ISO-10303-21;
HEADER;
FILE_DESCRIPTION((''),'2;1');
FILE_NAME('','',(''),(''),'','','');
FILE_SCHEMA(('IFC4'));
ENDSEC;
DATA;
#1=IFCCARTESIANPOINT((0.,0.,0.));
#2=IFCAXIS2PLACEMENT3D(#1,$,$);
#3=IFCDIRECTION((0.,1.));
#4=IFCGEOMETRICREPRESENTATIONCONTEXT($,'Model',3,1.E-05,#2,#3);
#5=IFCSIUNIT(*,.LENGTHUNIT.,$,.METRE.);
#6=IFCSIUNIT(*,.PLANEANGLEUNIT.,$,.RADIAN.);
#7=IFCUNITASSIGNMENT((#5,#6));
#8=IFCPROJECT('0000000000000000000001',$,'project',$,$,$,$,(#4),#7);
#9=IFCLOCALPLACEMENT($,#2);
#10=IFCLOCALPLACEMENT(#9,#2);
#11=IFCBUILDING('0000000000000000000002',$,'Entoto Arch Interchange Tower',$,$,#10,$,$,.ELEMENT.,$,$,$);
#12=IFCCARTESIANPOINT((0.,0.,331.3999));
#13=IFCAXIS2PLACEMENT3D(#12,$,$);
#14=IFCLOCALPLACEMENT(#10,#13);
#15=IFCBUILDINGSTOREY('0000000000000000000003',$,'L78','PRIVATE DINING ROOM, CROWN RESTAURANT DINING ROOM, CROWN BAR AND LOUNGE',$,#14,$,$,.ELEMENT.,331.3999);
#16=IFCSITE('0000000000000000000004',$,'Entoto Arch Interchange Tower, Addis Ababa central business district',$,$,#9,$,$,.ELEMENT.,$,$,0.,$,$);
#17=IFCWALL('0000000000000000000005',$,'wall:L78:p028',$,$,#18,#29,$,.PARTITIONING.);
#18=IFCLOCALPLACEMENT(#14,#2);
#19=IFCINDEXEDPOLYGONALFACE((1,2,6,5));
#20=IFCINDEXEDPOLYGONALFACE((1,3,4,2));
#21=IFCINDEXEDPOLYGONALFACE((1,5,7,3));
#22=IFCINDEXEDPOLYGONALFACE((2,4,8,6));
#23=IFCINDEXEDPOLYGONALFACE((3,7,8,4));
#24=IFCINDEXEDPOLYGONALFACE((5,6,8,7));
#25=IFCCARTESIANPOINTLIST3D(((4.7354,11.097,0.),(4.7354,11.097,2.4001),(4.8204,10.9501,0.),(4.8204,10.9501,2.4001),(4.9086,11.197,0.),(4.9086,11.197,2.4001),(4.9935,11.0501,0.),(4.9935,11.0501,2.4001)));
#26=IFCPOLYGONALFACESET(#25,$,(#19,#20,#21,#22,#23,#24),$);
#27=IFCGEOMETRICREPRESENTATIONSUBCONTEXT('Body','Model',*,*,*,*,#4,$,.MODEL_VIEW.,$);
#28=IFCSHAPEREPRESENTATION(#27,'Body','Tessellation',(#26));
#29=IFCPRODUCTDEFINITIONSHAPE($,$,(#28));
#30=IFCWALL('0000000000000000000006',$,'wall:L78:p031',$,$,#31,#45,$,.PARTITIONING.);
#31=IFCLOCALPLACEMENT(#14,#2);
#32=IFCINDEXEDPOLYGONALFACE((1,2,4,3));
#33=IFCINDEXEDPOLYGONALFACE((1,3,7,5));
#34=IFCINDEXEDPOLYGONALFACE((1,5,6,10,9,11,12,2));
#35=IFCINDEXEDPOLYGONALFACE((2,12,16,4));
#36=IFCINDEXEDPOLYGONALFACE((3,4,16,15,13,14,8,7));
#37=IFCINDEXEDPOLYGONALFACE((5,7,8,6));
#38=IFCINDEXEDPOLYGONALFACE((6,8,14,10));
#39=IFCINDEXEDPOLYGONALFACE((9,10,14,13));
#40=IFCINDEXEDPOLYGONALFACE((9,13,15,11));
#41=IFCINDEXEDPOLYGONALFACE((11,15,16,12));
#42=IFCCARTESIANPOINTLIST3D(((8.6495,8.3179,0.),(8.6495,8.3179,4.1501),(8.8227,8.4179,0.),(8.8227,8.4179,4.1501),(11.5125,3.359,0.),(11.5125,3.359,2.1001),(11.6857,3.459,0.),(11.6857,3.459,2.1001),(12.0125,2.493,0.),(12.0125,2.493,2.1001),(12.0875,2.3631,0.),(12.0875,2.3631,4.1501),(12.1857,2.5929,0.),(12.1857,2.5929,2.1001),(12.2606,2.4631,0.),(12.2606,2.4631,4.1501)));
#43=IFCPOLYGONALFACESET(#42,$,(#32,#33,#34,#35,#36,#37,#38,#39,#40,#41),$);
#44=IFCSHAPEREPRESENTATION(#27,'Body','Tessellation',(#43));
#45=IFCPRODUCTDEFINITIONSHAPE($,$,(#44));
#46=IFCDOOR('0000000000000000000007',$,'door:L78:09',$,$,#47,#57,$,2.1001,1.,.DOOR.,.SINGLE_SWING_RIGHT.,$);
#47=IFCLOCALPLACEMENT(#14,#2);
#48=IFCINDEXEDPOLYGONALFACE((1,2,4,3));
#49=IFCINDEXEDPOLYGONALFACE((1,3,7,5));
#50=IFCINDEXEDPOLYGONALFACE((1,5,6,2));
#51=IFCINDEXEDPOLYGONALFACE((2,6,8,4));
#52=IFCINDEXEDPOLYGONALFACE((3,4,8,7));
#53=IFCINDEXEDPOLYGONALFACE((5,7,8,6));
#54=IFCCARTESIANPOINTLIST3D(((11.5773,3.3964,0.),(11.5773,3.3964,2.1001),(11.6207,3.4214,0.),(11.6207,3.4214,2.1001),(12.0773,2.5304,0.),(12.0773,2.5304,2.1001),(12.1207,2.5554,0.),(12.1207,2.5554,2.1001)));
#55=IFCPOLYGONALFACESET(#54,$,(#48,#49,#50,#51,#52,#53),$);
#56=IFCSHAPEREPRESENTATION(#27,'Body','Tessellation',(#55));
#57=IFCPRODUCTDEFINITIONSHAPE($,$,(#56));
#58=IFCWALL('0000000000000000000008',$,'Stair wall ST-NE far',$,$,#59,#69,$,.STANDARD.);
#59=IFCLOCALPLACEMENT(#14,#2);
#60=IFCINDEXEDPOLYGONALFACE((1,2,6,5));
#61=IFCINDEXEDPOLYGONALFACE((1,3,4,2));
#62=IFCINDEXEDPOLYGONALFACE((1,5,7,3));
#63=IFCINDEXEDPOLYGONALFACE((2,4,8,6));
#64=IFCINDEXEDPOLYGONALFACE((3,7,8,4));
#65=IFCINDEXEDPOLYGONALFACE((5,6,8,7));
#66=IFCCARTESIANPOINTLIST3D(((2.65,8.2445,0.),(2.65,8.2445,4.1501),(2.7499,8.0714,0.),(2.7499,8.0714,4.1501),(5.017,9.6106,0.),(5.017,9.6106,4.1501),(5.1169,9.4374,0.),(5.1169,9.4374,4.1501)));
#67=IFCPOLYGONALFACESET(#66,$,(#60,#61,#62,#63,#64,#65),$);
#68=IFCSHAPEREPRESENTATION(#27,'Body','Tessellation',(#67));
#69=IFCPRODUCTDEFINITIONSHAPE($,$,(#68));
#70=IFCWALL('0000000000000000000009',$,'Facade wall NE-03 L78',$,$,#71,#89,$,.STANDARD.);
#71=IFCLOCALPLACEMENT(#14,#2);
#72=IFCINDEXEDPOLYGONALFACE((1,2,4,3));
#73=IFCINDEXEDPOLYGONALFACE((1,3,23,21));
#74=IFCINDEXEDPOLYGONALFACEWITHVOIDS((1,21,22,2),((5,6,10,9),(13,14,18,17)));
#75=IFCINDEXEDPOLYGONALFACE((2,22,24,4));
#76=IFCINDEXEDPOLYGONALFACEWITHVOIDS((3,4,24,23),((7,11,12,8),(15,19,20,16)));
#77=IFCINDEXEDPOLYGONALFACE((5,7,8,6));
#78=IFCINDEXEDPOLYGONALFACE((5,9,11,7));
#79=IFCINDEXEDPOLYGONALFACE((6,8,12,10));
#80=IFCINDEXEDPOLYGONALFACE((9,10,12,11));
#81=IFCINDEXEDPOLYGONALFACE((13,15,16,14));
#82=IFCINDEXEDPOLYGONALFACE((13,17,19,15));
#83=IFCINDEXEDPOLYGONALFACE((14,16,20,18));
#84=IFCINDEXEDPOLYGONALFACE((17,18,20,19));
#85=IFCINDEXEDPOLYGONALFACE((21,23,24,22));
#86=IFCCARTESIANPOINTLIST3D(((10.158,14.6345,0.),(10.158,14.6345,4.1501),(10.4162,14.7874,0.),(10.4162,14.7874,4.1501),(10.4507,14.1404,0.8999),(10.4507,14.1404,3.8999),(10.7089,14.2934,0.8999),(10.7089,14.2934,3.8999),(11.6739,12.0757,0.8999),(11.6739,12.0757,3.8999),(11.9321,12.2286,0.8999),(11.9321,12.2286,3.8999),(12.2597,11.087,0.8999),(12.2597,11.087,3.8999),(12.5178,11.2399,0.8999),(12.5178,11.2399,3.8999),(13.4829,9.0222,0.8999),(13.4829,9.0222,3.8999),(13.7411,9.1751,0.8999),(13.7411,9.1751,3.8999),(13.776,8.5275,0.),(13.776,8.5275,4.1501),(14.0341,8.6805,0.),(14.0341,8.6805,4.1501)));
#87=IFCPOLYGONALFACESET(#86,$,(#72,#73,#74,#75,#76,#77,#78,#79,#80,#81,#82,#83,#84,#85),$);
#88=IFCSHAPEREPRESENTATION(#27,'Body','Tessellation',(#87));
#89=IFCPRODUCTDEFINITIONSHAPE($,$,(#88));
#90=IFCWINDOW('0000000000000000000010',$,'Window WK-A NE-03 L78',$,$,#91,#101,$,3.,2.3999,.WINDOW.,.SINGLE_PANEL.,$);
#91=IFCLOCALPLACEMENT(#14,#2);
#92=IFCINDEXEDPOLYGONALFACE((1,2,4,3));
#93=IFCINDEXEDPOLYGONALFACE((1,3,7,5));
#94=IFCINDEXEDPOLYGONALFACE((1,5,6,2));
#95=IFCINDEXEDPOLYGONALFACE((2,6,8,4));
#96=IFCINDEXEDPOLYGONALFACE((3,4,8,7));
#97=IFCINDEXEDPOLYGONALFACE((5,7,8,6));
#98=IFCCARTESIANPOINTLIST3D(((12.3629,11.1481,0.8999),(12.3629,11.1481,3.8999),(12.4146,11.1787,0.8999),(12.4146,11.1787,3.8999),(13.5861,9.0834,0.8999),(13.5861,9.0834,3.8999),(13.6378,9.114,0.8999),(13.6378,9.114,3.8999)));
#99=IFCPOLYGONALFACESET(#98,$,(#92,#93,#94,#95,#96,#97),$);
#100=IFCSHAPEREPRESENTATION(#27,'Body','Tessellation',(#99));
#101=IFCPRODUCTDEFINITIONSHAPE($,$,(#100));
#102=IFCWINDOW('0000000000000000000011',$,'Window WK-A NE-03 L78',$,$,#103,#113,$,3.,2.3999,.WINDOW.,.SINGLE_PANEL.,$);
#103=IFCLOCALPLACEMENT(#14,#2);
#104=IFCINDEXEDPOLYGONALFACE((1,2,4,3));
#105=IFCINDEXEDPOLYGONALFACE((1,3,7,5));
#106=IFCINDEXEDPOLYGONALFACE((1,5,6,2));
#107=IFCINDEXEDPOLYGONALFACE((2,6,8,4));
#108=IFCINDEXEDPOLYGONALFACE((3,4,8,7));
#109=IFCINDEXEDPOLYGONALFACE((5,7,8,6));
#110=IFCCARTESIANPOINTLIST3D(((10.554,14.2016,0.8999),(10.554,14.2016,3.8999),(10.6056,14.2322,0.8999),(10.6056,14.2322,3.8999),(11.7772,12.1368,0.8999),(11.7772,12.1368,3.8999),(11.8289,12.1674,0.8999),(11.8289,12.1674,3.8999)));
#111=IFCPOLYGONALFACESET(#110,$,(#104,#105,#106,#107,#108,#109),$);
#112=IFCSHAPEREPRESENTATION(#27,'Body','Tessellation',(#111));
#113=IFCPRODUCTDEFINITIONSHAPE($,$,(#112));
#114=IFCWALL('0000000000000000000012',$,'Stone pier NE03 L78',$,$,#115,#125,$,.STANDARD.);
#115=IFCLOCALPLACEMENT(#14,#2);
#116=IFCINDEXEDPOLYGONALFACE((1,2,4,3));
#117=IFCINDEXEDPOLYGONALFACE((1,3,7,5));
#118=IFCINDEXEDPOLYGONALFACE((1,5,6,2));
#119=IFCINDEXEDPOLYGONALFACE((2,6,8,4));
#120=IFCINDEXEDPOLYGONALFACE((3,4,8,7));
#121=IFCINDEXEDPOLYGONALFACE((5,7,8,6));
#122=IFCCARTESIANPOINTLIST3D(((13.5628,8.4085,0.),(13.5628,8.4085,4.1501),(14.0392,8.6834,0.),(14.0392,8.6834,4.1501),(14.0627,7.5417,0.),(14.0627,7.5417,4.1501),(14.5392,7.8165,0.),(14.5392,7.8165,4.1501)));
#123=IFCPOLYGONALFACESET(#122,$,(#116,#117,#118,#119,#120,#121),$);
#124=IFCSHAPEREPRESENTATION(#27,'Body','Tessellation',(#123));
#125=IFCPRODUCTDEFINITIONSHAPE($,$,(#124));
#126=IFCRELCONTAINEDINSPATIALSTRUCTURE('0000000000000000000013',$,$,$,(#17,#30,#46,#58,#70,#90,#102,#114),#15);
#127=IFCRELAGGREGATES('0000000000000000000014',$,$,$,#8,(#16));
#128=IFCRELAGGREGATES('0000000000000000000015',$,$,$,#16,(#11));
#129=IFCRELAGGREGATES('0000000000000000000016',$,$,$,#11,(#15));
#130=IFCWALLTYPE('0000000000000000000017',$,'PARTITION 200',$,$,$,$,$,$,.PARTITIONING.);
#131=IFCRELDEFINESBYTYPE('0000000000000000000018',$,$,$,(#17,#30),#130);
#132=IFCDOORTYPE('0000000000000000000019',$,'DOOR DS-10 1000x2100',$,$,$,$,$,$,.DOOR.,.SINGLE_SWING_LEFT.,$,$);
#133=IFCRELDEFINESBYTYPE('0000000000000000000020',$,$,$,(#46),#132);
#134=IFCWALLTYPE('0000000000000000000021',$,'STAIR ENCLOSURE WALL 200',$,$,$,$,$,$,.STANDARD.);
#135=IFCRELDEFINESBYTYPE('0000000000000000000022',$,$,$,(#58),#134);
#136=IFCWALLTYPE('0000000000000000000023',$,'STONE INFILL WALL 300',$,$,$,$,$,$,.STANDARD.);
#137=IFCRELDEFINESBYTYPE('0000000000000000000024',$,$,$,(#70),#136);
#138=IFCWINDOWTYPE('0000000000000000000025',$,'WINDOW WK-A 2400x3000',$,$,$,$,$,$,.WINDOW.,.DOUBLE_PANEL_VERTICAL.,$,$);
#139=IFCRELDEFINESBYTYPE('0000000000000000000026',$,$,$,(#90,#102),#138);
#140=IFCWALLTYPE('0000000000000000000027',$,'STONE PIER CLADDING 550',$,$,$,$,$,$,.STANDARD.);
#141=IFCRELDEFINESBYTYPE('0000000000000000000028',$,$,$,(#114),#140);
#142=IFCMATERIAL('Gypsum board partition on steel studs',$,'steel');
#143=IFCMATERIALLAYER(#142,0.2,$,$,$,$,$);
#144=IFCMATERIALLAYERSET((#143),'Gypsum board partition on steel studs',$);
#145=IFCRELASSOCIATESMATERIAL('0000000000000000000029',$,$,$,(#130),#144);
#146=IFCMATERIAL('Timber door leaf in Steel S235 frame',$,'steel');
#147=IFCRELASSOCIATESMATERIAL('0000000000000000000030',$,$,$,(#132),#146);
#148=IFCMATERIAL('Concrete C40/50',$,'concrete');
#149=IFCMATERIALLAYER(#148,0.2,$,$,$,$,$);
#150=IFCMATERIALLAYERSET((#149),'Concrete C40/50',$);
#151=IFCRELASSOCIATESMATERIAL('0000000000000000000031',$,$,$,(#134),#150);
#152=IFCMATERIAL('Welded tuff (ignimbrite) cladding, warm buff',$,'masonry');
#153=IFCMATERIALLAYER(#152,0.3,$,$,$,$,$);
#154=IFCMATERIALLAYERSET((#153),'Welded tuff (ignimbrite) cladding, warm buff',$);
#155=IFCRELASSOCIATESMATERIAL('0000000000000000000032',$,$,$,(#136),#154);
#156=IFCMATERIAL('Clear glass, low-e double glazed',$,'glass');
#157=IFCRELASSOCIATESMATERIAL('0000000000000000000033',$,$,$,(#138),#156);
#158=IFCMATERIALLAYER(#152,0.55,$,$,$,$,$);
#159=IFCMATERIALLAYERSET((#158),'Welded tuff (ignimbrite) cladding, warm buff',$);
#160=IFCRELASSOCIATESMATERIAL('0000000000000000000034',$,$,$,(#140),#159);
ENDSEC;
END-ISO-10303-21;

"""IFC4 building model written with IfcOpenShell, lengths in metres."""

from ifc_helpers import new_model, si_unit, direction, frame, frame_2d, origin, place, context, subcontext, project, spatial, rectangle, extrude, material, layer, layer_set, type_object, element, fill, save


model = new_model("IFC4")

# Units and contexts
model_context = context("Model", 3, precision=1e-05, world=origin(), true_north=direction((0.0, 1.0)))
body_context = subcontext(model_context, "Body", "Model", "MODEL_VIEW")
ifc_project = project(units=[si_unit("LENGTHUNIT", "METRE"), si_unit("PLANEANGLEUNIT", "RADIAN")], contexts=[model_context])

# Site, building, storey
site_placement = place(None, origin())
site = spatial("IfcSite", under=ifc_project, at=site_placement, Name="Entoto Arch Interchange Tower, Addis Ababa central business district", CompositionType="ELEMENT", RefElevation=0.0)
building_placement = place(site_placement, origin())
building = spatial("IfcBuilding", under=site, at=building_placement, Name="Entoto Arch Interchange Tower", CompositionType="ELEMENT")
storey_placement = place(building_placement, frame((0.0, 0.0, 331.3999)))
storey = spatial("IfcBuildingStorey", under=building, at=storey_placement, Name="L78", Description="PRIVATE DINING ROOM, CROWN RESTAURANT DINING ROOM, CROWN BAR AND LOUNGE", CompositionType="ELEMENT", Elevation=331.3999)

# Shared definitions
ifc_material_1 = material(Name="Concrete C40/50", Category="concrete")

# Shared definitions
ifc_material_2 = material(Name="Gypsum board partition on steel studs", Category="steel")
ifc_layer_1 = layer(ifc_material_2, 0.2)
ifc_layer_set_1 = layer_set([ifc_layer_1], Name="Gypsum board partition on steel studs")
wall_type_1 = type_object("IfcWallType", Name="PARTITION 200", PredefinedType="PARTITIONING", material=ifc_layer_set_1)

# Wall
wall_1_placement = place(storey_placement, frame((4.907, 11.0, 0.0), z_axis=(0.0, 0.0, 1.0), x_axis=(-0.500469, 0.865754, 0.0)))
element("IfcWall", 1, at=wall_1_placement, inside=storey, type_object=wall_type_1, Name="wall:L78:p028", PredefinedType="PARTITIONING", context=body_context, shape_type="SweptSolid", body=[
    extrude(rectangle(XDim=0.1697, YDim=0.2, at=frame_2d((0.085, 0.0))), origin(), (0.0, 0.0, 1.0), 2.4001),
])

# Wall, opening, door
wall_2_placement = place(storey_placement, frame((8.7361, 8.3679, 0.0), z_axis=(0.0, 0.0, 1.0), x_axis=(0.499996, -0.866028, 0.0)))
wall_2 = element("IfcWall", 2, at=wall_2_placement, inside=storey, type_object=wall_type_1, Name="wall:L78:p031", PredefinedType="PARTITIONING", context=body_context, shape_type="SweptSolid", body=[
    extrude(rectangle(XDim=6.876, YDim=0.2, at=frame_2d((3.438, 0.0))), origin(), (0.0, 0.0, 1.0), 4.1501),
])
opening_1_placement = place(wall_2_placement, frame((5.7261, 0.0, 0.0)))
opening_1 = element("IfcOpeningElement", 3, at=opening_1_placement, cuts=wall_2, PredefinedType="OPENING", context=body_context, shape_type="SweptSolid", body=[
    extrude(rectangle(XDim=1.0, YDim=2.1001, at=frame_2d((0.5, 1.05))), frame((0.0, 0.1099, 0.0), z_axis=(0.0, -1.0, 0.0), x_axis=(1.0, 0.0, 0.0)), (0.0, 0.0, 1.0), 0.22),
])
ifc_material_3 = material(Name="Timber door leaf in Steel S235 frame", Category="steel")
door_type_1 = type_object("IfcDoorType", Name="DOOR DS-10 1000x2100", OperationType="SINGLE_SWING_LEFT", PredefinedType="DOOR", material=ifc_material_3)
door_1_placement = place(opening_1_placement, origin())
door_1 = element("IfcDoor", 4, at=door_1_placement, inside=storey, type_object=door_type_1, Name="door:L78:09", OperationType="SINGLE_SWING_RIGHT", OverallHeight=2.1001, OverallWidth=1.0, PredefinedType="DOOR", context=body_context, shape_type="SweptSolid", body=[
    extrude(rectangle(XDim=1.0, YDim=2.1001, at=frame_2d((0.5, 1.05))), frame((0.0, 0.0249, 0.0), z_axis=(0.0, -1.0, 0.0), x_axis=(1.0, 0.0, 0.0)), (0.0, 0.0, 1.0), 0.05),
])
fill(opening_1, door_1)

# Wall
ifc_layer_2 = layer(ifc_material_1, 0.2)
ifc_layer_set_2 = layer_set([ifc_layer_2], Name="Concrete C40/50")
wall_type_2 = type_object("IfcWallType", Name="STAIR ENCLOSURE WALL 200", PredefinedType="STANDARD", material=ifc_layer_set_2)
wall_3_placement = place(storey_placement, frame((2.7, 8.158, 0.0), z_axis=(0.0, 0.0, 1.0), x_axis=(0.866119, 0.499838, 0.0)))
element("IfcWall", 5, at=wall_3_placement, inside=storey, type_object=wall_type_2, Name="Stair wall ST-NE far", PredefinedType="STANDARD", context=body_context, shape_type="SweptSolid", body=[
    extrude(rectangle(XDim=2.7329, YDim=0.2, at=frame_2d((1.3665, 0.0))), origin(), (0.0, 0.0, 1.0), 4.1501),
])

# Wall, openings, windows
ifc_material_4 = material(Name="Welded tuff (ignimbrite) cladding, warm buff", Category="masonry")
ifc_layer_3 = layer(ifc_material_4, 0.3)
ifc_layer_set_3 = layer_set([ifc_layer_3], Name="Welded tuff (ignimbrite) cladding, warm buff")
wall_type_3 = type_object("IfcWallType", Name="STONE INFILL WALL 300", PredefinedType="STANDARD", material=ifc_layer_set_3)
wall_4_placement = place(storey_placement, frame((13.905, 8.604, 0.0), z_axis=(0.0, 0.0, 1.0), x_axis=(-0.509698, 0.860354, 0.0)))
wall_4 = element("IfcWall", 6, at=wall_4_placement, inside=storey, type_object=wall_type_3, Name="Facade wall NE-03 L78", PredefinedType="STANDARD", context=body_context, shape_type="SweptSolid", body=[
    extrude(rectangle(XDim=7.0981, YDim=0.3, at=frame_2d((3.5491, 0.0))), origin(), (0.0, 0.0, 1.0), 4.1501),
])
opening_2_placement = place(wall_4_placement, frame((0.575, 0.0, 0.8999)))
opening_2 = element("IfcOpeningElement", 7, at=opening_2_placement, cuts=wall_4, PredefinedType="OPENING", context=body_context, shape_type="SweptSolid", body=[
    extrude(rectangle(XDim=2.3999, YDim=3.0, at=frame_2d((1.2, 1.5))), frame((0.0, 0.1602, 0.0), z_axis=(0.0, -1.0, 0.0), x_axis=(1.0, 0.0, 0.0)), (0.0, 0.0, 1.0), 0.3201),
])
opening_3_placement = place(wall_4_placement, frame((4.124, 0.0, 0.8999)))
opening_3 = element("IfcOpeningElement", 8, at=opening_3_placement, cuts=wall_4, PredefinedType="OPENING", context=body_context, shape_type="SweptSolid", body=[
    extrude(rectangle(XDim=2.3999, YDim=3.0, at=frame_2d((1.2, 1.5))), frame((0.0, 0.1602, 0.0), z_axis=(0.0, -1.0, 0.0), x_axis=(1.0, 0.0, 0.0)), (0.0, 0.0, 1.0), 0.3201),
])
ifc_material_5 = material(Name="Clear glass, low-e double glazed", Category="glass")
window_type = type_object("IfcWindowType", Name="WINDOW WK-A 2400x3000", PartitioningType="DOUBLE_PANEL_VERTICAL", PredefinedType="WINDOW", material=ifc_material_5)
window_1_placement = place(opening_2_placement, origin())
window_1 = element("IfcWindow", 9, at=window_1_placement, inside=storey, type_object=window_type, Name="Window WK-A NE-03 L78", OverallHeight=3.0, OverallWidth=2.3999, PartitioningType="SINGLE_PANEL", PredefinedType="WINDOW", context=body_context, shape_type="SweptSolid", body=[
    extrude(rectangle(XDim=2.3999, YDim=3.0, at=frame_2d((1.2, 1.5))), frame((0.0, 0.03, 0.0), z_axis=(0.0, -1.0, 0.0), x_axis=(1.0, 0.0, 0.0)), (0.0, 0.0, 1.0), 0.0601),
])
fill(opening_2, window_1)
window_2_placement = place(opening_3_placement, origin())
window_2 = element("IfcWindow", 10, at=window_2_placement, inside=storey, type_object=window_type, Name="Window WK-A NE-03 L78", OverallHeight=3.0, OverallWidth=2.3999, PartitioningType="SINGLE_PANEL", PredefinedType="WINDOW", context=body_context, shape_type="SweptSolid", body=[
    extrude(rectangle(XDim=2.3999, YDim=3.0, at=frame_2d((1.2, 1.5))), frame((0.0, 0.03, 0.0), z_axis=(0.0, -1.0, 0.0), x_axis=(1.0, 0.0, 0.0)), (0.0, 0.0, 1.0), 0.0601),
])
fill(opening_3, window_2)

# Wall
ifc_layer_4 = layer(ifc_material_4, 0.55)
ifc_layer_set_4 = layer_set([ifc_layer_4], Name="Welded tuff (ignimbrite) cladding, warm buff")
wall_type_4 = type_object("IfcWallType", Name="STONE PIER CLADDING 550", PredefinedType="STANDARD", material=ifc_layer_set_4)
wall_5_placement = place(storey_placement, frame((14.301, 7.679, 0.0), z_axis=(0.0, 0.0, 1.0), x_axis=(-0.499603, 0.866255, 0.0)))
element("IfcWall", 11, at=wall_5_placement, inside=storey, type_object=wall_type_4, Name="Stone pier NE03 L78", PredefinedType="STANDARD", context=body_context, shape_type="SweptSolid", body=[
    extrude(rectangle(XDim=1.0007, YDim=0.55, at=frame_2d((0.5005, 0.0))), origin(), (0.0, 0.0, 1.0), 4.1501),
])

save(model, "model.ifc")
